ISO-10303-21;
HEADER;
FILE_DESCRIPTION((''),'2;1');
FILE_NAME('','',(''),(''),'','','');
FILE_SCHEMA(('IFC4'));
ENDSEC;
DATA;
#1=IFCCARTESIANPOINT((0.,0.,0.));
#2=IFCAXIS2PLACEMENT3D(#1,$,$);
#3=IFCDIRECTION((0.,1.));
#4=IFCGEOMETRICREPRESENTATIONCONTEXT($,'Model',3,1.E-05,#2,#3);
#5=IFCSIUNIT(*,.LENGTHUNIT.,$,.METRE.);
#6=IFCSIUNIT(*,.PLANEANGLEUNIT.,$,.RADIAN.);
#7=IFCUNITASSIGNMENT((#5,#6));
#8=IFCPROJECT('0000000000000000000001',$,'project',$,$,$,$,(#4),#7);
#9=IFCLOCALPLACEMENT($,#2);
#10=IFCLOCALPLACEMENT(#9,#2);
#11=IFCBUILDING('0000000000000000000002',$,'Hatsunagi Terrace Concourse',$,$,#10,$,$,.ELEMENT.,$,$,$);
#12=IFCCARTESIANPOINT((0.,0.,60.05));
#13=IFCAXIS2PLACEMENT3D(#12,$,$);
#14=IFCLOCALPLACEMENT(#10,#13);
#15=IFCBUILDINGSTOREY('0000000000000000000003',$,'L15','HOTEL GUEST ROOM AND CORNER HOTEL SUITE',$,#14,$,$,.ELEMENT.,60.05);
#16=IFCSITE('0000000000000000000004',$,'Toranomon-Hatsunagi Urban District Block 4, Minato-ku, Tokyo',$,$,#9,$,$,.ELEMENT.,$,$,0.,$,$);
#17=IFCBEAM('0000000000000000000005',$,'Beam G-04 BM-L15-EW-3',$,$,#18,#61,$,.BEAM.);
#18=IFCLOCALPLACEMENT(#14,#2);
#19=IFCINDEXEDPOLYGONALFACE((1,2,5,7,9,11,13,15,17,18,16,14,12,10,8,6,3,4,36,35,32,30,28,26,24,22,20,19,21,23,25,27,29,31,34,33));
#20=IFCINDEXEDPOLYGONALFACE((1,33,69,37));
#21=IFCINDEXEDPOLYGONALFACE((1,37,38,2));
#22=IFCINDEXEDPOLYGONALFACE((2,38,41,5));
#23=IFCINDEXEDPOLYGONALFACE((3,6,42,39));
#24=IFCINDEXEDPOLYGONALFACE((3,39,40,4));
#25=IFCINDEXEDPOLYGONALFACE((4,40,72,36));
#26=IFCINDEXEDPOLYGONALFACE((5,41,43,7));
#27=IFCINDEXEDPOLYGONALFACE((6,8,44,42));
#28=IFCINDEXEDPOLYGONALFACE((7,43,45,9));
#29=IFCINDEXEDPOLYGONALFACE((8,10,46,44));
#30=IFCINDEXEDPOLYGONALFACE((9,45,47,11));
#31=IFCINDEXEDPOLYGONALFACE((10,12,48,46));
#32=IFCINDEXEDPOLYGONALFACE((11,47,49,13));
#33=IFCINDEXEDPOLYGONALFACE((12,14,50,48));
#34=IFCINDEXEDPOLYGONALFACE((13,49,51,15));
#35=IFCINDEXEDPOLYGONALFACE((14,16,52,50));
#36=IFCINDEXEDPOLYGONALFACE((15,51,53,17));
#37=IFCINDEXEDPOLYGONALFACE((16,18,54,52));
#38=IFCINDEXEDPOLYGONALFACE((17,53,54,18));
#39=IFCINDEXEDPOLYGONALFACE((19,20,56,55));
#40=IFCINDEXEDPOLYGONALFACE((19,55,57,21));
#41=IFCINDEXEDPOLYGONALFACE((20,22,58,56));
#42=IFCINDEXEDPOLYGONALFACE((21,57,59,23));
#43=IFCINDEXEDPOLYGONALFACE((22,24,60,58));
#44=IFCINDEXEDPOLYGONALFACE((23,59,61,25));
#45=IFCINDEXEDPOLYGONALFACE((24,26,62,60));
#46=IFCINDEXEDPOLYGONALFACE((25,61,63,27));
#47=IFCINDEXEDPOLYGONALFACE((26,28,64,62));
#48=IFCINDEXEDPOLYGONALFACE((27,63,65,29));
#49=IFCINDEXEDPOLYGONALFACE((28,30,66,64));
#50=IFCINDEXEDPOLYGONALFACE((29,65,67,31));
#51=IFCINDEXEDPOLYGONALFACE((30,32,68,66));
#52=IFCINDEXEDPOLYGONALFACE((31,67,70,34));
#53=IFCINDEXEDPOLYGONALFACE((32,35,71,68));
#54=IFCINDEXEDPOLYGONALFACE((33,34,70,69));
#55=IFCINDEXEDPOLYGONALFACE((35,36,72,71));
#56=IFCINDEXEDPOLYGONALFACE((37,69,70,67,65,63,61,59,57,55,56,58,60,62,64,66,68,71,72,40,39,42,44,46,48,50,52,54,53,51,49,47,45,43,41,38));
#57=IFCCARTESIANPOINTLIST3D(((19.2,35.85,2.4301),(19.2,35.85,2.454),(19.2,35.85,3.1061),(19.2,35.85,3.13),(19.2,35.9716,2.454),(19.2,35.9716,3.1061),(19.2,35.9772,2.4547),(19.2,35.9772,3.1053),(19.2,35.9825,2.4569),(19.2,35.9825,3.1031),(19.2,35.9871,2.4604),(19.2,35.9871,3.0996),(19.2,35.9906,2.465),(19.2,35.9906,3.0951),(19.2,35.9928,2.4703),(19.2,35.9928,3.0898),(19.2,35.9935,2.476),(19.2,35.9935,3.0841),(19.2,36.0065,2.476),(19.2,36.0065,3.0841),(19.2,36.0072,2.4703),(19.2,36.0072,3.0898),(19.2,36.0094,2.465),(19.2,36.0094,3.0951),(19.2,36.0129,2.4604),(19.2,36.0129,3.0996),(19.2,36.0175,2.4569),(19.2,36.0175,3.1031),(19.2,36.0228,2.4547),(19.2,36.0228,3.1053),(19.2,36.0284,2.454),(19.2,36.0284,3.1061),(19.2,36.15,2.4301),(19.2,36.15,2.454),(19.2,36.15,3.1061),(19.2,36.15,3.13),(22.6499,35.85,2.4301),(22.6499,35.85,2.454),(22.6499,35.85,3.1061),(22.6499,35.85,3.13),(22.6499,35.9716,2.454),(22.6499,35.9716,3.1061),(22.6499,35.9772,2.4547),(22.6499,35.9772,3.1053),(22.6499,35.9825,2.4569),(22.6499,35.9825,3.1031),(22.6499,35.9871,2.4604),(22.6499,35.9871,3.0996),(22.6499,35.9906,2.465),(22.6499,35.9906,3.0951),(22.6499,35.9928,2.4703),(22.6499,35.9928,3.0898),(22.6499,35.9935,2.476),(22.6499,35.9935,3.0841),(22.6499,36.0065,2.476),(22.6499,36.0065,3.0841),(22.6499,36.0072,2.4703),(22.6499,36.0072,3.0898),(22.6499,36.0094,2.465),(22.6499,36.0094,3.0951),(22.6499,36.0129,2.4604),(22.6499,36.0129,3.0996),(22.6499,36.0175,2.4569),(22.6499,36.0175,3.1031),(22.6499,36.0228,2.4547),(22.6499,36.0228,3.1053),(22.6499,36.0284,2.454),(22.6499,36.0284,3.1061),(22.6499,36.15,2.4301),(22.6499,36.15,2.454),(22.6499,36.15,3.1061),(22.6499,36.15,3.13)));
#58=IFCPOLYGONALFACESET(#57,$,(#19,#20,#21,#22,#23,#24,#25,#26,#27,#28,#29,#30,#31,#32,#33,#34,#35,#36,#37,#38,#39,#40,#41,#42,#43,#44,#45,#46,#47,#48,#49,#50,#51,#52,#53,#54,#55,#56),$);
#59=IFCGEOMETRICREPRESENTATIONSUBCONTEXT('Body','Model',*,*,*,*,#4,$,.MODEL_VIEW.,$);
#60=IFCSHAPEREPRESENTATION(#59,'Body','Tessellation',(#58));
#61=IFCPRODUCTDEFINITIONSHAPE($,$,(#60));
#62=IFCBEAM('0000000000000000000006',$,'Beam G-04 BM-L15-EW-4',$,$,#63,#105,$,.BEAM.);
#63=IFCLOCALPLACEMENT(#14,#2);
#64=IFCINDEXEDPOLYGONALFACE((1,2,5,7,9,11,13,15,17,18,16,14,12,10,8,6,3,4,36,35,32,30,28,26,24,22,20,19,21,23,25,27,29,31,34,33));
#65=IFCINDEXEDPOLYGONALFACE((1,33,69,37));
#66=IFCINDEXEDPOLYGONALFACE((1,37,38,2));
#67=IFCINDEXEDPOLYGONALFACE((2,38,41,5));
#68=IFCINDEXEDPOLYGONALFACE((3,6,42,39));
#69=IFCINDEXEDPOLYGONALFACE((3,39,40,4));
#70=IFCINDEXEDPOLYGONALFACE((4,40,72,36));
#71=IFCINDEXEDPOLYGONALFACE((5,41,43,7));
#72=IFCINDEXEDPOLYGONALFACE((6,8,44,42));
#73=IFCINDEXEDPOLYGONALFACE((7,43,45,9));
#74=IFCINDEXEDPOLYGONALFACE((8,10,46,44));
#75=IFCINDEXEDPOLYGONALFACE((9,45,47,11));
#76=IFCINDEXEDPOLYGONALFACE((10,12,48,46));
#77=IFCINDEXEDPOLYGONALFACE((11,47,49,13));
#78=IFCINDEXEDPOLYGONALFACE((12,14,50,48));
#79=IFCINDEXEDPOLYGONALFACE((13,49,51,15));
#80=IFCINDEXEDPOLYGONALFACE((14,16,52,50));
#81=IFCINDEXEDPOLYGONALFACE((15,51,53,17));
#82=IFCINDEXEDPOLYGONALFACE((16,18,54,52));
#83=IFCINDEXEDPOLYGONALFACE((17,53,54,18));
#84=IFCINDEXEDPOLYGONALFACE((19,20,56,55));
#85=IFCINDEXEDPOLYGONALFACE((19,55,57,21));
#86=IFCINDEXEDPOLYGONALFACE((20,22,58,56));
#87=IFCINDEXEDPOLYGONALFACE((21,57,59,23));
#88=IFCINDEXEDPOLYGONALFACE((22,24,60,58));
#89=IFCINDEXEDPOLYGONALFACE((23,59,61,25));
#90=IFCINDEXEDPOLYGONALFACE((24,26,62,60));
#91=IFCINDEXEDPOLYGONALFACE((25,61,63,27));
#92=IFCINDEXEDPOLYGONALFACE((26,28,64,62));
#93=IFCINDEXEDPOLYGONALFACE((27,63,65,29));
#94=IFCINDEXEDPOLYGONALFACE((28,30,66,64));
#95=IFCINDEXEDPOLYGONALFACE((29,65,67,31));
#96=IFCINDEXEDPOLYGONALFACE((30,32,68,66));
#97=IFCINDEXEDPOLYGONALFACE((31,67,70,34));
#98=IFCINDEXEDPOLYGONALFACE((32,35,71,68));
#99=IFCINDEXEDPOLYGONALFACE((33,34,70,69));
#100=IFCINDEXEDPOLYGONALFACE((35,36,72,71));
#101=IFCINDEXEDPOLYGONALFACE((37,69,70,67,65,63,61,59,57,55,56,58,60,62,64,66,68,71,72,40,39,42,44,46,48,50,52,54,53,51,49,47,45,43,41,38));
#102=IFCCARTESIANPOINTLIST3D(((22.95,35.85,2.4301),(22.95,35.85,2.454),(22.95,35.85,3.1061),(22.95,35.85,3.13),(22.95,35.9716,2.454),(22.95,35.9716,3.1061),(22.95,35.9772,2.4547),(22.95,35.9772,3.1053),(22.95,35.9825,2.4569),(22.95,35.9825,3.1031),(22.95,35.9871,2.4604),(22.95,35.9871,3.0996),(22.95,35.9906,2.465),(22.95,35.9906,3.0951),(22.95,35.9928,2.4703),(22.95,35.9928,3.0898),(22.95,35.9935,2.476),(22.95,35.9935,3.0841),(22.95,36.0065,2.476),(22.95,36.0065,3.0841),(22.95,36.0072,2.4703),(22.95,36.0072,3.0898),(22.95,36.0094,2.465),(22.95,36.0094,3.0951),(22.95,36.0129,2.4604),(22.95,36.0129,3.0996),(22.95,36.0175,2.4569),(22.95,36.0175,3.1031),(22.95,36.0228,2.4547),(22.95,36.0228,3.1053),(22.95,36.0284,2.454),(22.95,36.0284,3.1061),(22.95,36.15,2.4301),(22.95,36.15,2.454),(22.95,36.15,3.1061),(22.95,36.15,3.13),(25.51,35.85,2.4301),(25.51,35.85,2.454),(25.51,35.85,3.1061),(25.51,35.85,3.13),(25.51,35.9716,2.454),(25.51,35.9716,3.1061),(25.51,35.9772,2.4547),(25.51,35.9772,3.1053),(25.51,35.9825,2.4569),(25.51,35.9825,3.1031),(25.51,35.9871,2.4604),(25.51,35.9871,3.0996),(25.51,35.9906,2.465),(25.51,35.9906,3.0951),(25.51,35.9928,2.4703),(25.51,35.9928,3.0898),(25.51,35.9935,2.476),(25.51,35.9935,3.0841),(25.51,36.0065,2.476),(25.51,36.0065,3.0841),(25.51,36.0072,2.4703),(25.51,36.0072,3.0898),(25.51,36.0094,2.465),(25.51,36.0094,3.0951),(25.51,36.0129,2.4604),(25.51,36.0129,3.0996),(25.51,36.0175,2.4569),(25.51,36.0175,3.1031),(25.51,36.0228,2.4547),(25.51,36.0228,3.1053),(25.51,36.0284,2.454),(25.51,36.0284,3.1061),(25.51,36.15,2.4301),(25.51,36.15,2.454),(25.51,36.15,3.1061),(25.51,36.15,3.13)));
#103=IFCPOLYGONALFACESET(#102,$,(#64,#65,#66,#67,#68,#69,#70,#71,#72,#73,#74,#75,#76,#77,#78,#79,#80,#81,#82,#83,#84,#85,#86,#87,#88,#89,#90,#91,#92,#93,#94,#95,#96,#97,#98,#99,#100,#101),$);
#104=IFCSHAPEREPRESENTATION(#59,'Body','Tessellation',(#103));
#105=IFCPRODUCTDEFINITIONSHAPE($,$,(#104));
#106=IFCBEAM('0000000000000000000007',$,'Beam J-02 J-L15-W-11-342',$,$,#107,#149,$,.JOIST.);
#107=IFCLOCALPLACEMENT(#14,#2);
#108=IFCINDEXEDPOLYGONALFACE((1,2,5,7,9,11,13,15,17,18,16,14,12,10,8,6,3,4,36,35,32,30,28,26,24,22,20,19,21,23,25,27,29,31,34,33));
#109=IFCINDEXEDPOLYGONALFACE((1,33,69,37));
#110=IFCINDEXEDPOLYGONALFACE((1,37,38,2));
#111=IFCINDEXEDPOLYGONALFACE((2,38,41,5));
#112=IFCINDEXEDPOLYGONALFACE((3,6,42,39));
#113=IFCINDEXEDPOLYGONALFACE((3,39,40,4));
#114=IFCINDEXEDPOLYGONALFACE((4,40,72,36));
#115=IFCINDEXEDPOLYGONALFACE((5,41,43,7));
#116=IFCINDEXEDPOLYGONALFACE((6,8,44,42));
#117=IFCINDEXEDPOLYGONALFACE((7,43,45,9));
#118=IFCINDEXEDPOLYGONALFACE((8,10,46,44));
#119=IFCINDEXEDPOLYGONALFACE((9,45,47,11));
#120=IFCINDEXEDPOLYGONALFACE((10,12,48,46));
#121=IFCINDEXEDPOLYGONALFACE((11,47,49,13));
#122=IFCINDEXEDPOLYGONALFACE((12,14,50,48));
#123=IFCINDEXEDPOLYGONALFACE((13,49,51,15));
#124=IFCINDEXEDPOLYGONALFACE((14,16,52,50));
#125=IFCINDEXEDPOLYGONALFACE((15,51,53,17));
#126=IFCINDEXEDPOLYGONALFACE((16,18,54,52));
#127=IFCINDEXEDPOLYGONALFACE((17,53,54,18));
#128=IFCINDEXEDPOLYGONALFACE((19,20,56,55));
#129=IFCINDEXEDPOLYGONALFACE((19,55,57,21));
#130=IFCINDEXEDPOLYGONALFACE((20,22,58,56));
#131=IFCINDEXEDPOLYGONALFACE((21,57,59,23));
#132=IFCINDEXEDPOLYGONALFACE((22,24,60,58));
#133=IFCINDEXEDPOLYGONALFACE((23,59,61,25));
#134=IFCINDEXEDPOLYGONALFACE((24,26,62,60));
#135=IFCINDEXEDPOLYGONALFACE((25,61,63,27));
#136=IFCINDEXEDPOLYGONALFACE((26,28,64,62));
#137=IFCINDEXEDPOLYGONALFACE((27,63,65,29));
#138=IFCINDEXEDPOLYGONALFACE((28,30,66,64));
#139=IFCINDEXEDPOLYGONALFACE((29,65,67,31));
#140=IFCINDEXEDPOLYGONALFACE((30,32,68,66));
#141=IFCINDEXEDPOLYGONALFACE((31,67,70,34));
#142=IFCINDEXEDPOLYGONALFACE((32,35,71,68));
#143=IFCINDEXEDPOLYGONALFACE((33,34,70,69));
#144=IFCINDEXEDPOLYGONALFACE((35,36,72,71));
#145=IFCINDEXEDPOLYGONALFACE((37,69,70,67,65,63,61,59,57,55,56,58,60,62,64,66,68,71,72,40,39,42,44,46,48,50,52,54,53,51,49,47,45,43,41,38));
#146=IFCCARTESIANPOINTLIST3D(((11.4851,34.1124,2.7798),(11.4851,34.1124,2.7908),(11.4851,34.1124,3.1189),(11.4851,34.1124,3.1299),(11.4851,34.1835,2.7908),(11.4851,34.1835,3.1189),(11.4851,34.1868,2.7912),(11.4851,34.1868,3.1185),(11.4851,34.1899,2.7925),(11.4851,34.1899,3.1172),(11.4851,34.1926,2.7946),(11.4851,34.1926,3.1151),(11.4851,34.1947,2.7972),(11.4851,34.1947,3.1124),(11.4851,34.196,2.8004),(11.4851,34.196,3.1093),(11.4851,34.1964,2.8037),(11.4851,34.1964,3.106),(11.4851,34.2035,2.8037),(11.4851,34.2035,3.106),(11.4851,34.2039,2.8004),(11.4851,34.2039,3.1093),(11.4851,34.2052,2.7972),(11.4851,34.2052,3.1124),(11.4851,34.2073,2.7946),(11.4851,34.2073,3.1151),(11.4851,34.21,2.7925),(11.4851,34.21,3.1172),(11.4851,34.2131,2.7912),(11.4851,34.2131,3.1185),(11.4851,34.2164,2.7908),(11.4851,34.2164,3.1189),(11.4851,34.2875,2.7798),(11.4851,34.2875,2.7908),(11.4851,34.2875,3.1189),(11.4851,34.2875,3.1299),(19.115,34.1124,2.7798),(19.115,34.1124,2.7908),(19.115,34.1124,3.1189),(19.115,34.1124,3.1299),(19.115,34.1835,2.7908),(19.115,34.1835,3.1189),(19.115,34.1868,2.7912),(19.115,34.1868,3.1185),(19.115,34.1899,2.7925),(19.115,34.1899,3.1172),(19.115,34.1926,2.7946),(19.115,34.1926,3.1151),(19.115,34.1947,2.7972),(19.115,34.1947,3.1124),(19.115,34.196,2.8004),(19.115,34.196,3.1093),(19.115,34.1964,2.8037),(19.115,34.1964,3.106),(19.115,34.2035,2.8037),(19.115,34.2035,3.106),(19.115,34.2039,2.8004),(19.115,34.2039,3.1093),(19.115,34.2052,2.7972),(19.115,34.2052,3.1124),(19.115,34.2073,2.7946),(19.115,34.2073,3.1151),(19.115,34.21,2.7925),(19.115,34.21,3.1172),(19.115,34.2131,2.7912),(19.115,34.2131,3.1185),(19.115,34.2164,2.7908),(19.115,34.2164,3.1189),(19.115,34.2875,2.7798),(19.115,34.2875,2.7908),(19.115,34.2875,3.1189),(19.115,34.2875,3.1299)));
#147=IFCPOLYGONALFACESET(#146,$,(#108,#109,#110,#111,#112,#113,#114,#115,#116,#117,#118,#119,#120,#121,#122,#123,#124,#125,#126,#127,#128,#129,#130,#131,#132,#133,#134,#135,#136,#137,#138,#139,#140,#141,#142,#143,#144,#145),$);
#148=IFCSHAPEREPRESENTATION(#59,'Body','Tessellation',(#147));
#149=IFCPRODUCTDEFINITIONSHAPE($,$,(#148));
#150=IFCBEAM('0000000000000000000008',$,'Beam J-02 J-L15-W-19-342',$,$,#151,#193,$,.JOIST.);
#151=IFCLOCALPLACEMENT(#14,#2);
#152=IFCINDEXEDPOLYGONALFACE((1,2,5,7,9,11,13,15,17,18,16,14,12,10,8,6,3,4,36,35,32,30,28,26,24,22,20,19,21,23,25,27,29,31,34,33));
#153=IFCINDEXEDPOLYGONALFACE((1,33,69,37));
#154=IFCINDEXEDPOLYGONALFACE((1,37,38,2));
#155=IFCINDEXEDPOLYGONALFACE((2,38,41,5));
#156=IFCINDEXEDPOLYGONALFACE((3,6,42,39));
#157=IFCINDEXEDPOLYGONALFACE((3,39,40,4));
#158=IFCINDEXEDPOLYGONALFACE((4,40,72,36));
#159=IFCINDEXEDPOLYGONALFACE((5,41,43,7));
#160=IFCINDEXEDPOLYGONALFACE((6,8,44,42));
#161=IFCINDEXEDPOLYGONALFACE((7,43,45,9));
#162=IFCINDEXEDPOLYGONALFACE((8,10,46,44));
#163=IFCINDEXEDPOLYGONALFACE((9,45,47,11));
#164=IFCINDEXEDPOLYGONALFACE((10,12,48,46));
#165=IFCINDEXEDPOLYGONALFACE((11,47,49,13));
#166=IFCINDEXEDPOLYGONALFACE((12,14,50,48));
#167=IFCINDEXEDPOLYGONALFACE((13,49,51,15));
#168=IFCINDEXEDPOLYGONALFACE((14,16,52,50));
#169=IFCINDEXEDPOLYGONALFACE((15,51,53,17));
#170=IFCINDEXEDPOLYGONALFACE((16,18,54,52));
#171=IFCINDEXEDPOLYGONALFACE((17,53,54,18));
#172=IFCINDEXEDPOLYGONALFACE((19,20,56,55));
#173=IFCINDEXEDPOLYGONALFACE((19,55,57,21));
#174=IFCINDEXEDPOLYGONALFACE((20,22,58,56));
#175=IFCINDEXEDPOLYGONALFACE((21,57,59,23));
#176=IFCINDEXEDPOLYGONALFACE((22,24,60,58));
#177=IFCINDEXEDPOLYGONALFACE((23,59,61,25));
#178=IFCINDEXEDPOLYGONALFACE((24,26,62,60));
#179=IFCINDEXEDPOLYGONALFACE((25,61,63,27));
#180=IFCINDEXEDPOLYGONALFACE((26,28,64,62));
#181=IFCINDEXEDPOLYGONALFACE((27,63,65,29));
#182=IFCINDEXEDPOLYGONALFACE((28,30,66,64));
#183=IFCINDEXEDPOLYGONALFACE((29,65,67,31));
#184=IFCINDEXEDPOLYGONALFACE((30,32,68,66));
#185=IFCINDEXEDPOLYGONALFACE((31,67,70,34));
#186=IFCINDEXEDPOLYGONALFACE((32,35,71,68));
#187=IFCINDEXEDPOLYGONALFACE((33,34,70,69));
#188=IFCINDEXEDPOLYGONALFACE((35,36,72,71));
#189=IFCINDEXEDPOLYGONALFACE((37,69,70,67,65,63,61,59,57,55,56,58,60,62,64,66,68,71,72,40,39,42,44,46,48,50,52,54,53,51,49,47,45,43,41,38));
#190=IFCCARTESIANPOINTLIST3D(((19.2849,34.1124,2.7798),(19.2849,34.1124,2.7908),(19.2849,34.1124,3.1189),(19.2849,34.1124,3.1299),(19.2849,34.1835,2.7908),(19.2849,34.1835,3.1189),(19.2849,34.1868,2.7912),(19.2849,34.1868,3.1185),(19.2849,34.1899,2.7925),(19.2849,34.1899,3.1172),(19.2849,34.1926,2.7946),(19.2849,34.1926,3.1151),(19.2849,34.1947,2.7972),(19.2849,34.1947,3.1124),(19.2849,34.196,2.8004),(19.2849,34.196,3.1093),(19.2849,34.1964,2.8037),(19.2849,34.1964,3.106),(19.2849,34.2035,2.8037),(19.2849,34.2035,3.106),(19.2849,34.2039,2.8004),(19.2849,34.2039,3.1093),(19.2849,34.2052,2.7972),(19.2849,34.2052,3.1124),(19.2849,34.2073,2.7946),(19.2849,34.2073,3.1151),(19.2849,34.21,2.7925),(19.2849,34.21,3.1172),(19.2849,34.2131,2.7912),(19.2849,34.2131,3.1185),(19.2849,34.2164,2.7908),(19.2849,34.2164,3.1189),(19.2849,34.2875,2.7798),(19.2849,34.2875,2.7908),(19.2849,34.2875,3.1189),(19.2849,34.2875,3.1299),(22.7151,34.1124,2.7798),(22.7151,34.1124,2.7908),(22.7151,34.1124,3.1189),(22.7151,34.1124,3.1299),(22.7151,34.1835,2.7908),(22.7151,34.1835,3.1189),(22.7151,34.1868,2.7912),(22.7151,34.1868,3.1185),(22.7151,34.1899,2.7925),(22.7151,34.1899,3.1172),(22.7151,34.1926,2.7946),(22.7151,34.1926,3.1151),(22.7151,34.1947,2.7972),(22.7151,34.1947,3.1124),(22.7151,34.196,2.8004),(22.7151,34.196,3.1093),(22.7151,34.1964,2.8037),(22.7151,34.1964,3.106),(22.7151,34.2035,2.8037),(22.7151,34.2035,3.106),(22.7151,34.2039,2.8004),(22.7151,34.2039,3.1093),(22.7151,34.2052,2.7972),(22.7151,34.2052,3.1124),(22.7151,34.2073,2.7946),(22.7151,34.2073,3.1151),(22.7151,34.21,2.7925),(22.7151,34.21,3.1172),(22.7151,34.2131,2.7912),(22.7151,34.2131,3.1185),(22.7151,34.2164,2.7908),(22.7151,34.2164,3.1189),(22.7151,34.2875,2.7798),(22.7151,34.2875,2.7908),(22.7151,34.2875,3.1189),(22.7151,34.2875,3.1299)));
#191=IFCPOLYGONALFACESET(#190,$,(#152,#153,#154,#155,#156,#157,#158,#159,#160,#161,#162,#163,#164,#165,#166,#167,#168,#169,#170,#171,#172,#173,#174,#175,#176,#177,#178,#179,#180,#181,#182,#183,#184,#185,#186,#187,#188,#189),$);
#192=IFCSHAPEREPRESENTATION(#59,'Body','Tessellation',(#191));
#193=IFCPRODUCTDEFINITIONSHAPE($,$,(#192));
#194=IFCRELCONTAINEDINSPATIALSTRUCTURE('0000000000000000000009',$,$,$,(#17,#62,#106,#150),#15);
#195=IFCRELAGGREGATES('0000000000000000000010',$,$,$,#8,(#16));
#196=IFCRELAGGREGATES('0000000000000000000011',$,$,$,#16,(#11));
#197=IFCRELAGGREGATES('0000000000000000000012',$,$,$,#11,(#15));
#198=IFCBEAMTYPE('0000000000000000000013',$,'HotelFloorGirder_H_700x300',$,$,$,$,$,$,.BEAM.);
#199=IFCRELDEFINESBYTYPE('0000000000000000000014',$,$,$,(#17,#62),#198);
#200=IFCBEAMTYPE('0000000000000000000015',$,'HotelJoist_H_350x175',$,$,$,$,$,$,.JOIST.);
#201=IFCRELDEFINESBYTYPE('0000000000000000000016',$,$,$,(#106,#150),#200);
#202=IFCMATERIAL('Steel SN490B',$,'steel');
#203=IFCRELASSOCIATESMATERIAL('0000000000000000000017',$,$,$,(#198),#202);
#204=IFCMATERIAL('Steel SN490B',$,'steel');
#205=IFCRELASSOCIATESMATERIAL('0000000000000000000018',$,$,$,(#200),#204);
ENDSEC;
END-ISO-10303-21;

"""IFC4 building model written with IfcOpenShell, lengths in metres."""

from ifc_helpers import new_model, si_unit, direction, frame, origin, origin_2d, place, context, subcontext, project, spatial, i_section, extrude, material, material_profile, profile_set, type_object, element, save


model = new_model("IFC4")

# Units and contexts
model_context = context("Model", 3, precision=1e-05, world=origin(), true_north=direction((0.0, 1.0)))
body_context = subcontext(model_context, "Body", "Model", "MODEL_VIEW")
ifc_project = project(units=[si_unit("LENGTHUNIT", "METRE"), si_unit("PLANEANGLEUNIT", "RADIAN")], contexts=[model_context])

# Site, building, storey
site_placement = place(None, origin())
site = spatial("IfcSite", under=ifc_project, at=site_placement, Name="Toranomon-Hatsunagi Urban District Block 4, Minato-ku, Tokyo", CompositionType="ELEMENT", RefElevation=0.0)
building_placement = place(site_placement, origin())
building = spatial("IfcBuilding", under=site, at=building_placement, Name="Hatsunagi Terrace Concourse", CompositionType="ELEMENT")
storey_placement = place(building_placement, frame((0.0, 0.0, 60.05)))
storey = spatial("IfcBuildingStorey", under=building, at=storey_placement, Name="L15", Description="HOTEL GUEST ROOM AND CORNER HOTEL SUITE", CompositionType="ELEMENT", Elevation=60.05)

# Beams
ifc_material_1 = material(Name="Steel SN490B", Category="steel")
ifc_material_profile_1 = material_profile(ifc_material_1, i_section(OverallWidth=0.3, OverallDepth=0.7, WebThickness=0.0129, FlangeThickness=0.0239, FilletRadius=0.022, at=origin_2d()), Name="H-700x300x13x24")
ifc_profile_set_1 = profile_set([ifc_material_profile_1], Name="Steel SN490B")
beam_type_1 = type_object("IfcBeamType", Name="HotelFloorGirder_H_700x300", PredefinedType="BEAM", material=ifc_profile_set_1)
beam_1_placement = place(storey_placement, frame((19.2, 36.0, 2.78), z_axis=(1.0, 0.0, 0.0), x_axis=(0.0, 1.0, 0.0)))
element("IfcBeam", 1, at=beam_1_placement, inside=storey, type_object=beam_type_1, Name="Beam G-04 BM-L15-EW-3", PredefinedType="BEAM", context=body_context, shape_type="SweptSolid", body=[
    extrude(i_section(OverallWidth=0.3, OverallDepth=0.7, WebThickness=0.0129, FlangeThickness=0.0239, FilletRadius=0.022, at=origin_2d()), origin(), (0.0, 0.0, 1.0), 3.45),
])
beam_2_placement = place(storey_placement, frame((22.95, 36.0, 2.78), z_axis=(1.0, 0.0, 0.0), x_axis=(0.0, 1.0, 0.0)))
element("IfcBeam", 2, at=beam_2_placement, inside=storey, type_object=beam_type_1, Name="Beam G-04 BM-L15-EW-4", PredefinedType="BEAM", context=body_context, shape_type="SweptSolid", body=[
    extrude(i_section(OverallWidth=0.3, OverallDepth=0.7, WebThickness=0.0129, FlangeThickness=0.0239, FilletRadius=0.022, at=origin_2d()), origin(), (0.0, 0.0, 1.0), 2.5601),
])
ifc_material_2 = material(Name="Steel SN490B", Category="steel")
ifc_material_profile_2 = material_profile(ifc_material_2, i_section(OverallWidth=0.175, OverallDepth=0.3501, WebThickness=0.0071, FlangeThickness=0.011, FilletRadius=0.0129, at=origin_2d()), Name="H-350x175x7x11")
ifc_profile_set_2 = profile_set([ifc_material_profile_2], Name="Steel SN490B")
beam_type_2 = type_object("IfcBeamType", Name="HotelJoist_H_350x175", PredefinedType="JOIST", material=ifc_profile_set_2)
beam_3_placement = place(storey_placement, frame((11.4851, 34.2, 2.9548), z_axis=(1.0, 0.0, 0.0), x_axis=(0.0, 1.0, 0.0)))
element("IfcBeam", 3, at=beam_3_placement, inside=storey, type_object=beam_type_2, Name="Beam J-02 J-L15-W-11-342", PredefinedType="JOIST", context=body_context, shape_type="SweptSolid", body=[
    extrude(i_section(OverallWidth=0.175, OverallDepth=0.3501, WebThickness=0.0071, FlangeThickness=0.011, FilletRadius=0.0129, at=origin_2d()), origin(), (0.0, 0.0, 1.0), 7.6299),
])
beam_4_placement = place(storey_placement, frame((19.2849, 34.2, 2.9548), z_axis=(1.0, 0.0, 0.0), x_axis=(0.0, 1.0, 0.0)))
element("IfcBeam", 4, at=beam_4_placement, inside=storey, type_object=beam_type_2, Name="Beam J-02 J-L15-W-19-342", PredefinedType="JOIST", context=body_context, shape_type="SweptSolid", body=[
    extrude(i_section(OverallWidth=0.175, OverallDepth=0.3501, WebThickness=0.0071, FlangeThickness=0.011, FilletRadius=0.0129, at=origin_2d()), origin(), (0.0, 0.0, 1.0), 3.4302),
])

save(model, "model.ifc")
